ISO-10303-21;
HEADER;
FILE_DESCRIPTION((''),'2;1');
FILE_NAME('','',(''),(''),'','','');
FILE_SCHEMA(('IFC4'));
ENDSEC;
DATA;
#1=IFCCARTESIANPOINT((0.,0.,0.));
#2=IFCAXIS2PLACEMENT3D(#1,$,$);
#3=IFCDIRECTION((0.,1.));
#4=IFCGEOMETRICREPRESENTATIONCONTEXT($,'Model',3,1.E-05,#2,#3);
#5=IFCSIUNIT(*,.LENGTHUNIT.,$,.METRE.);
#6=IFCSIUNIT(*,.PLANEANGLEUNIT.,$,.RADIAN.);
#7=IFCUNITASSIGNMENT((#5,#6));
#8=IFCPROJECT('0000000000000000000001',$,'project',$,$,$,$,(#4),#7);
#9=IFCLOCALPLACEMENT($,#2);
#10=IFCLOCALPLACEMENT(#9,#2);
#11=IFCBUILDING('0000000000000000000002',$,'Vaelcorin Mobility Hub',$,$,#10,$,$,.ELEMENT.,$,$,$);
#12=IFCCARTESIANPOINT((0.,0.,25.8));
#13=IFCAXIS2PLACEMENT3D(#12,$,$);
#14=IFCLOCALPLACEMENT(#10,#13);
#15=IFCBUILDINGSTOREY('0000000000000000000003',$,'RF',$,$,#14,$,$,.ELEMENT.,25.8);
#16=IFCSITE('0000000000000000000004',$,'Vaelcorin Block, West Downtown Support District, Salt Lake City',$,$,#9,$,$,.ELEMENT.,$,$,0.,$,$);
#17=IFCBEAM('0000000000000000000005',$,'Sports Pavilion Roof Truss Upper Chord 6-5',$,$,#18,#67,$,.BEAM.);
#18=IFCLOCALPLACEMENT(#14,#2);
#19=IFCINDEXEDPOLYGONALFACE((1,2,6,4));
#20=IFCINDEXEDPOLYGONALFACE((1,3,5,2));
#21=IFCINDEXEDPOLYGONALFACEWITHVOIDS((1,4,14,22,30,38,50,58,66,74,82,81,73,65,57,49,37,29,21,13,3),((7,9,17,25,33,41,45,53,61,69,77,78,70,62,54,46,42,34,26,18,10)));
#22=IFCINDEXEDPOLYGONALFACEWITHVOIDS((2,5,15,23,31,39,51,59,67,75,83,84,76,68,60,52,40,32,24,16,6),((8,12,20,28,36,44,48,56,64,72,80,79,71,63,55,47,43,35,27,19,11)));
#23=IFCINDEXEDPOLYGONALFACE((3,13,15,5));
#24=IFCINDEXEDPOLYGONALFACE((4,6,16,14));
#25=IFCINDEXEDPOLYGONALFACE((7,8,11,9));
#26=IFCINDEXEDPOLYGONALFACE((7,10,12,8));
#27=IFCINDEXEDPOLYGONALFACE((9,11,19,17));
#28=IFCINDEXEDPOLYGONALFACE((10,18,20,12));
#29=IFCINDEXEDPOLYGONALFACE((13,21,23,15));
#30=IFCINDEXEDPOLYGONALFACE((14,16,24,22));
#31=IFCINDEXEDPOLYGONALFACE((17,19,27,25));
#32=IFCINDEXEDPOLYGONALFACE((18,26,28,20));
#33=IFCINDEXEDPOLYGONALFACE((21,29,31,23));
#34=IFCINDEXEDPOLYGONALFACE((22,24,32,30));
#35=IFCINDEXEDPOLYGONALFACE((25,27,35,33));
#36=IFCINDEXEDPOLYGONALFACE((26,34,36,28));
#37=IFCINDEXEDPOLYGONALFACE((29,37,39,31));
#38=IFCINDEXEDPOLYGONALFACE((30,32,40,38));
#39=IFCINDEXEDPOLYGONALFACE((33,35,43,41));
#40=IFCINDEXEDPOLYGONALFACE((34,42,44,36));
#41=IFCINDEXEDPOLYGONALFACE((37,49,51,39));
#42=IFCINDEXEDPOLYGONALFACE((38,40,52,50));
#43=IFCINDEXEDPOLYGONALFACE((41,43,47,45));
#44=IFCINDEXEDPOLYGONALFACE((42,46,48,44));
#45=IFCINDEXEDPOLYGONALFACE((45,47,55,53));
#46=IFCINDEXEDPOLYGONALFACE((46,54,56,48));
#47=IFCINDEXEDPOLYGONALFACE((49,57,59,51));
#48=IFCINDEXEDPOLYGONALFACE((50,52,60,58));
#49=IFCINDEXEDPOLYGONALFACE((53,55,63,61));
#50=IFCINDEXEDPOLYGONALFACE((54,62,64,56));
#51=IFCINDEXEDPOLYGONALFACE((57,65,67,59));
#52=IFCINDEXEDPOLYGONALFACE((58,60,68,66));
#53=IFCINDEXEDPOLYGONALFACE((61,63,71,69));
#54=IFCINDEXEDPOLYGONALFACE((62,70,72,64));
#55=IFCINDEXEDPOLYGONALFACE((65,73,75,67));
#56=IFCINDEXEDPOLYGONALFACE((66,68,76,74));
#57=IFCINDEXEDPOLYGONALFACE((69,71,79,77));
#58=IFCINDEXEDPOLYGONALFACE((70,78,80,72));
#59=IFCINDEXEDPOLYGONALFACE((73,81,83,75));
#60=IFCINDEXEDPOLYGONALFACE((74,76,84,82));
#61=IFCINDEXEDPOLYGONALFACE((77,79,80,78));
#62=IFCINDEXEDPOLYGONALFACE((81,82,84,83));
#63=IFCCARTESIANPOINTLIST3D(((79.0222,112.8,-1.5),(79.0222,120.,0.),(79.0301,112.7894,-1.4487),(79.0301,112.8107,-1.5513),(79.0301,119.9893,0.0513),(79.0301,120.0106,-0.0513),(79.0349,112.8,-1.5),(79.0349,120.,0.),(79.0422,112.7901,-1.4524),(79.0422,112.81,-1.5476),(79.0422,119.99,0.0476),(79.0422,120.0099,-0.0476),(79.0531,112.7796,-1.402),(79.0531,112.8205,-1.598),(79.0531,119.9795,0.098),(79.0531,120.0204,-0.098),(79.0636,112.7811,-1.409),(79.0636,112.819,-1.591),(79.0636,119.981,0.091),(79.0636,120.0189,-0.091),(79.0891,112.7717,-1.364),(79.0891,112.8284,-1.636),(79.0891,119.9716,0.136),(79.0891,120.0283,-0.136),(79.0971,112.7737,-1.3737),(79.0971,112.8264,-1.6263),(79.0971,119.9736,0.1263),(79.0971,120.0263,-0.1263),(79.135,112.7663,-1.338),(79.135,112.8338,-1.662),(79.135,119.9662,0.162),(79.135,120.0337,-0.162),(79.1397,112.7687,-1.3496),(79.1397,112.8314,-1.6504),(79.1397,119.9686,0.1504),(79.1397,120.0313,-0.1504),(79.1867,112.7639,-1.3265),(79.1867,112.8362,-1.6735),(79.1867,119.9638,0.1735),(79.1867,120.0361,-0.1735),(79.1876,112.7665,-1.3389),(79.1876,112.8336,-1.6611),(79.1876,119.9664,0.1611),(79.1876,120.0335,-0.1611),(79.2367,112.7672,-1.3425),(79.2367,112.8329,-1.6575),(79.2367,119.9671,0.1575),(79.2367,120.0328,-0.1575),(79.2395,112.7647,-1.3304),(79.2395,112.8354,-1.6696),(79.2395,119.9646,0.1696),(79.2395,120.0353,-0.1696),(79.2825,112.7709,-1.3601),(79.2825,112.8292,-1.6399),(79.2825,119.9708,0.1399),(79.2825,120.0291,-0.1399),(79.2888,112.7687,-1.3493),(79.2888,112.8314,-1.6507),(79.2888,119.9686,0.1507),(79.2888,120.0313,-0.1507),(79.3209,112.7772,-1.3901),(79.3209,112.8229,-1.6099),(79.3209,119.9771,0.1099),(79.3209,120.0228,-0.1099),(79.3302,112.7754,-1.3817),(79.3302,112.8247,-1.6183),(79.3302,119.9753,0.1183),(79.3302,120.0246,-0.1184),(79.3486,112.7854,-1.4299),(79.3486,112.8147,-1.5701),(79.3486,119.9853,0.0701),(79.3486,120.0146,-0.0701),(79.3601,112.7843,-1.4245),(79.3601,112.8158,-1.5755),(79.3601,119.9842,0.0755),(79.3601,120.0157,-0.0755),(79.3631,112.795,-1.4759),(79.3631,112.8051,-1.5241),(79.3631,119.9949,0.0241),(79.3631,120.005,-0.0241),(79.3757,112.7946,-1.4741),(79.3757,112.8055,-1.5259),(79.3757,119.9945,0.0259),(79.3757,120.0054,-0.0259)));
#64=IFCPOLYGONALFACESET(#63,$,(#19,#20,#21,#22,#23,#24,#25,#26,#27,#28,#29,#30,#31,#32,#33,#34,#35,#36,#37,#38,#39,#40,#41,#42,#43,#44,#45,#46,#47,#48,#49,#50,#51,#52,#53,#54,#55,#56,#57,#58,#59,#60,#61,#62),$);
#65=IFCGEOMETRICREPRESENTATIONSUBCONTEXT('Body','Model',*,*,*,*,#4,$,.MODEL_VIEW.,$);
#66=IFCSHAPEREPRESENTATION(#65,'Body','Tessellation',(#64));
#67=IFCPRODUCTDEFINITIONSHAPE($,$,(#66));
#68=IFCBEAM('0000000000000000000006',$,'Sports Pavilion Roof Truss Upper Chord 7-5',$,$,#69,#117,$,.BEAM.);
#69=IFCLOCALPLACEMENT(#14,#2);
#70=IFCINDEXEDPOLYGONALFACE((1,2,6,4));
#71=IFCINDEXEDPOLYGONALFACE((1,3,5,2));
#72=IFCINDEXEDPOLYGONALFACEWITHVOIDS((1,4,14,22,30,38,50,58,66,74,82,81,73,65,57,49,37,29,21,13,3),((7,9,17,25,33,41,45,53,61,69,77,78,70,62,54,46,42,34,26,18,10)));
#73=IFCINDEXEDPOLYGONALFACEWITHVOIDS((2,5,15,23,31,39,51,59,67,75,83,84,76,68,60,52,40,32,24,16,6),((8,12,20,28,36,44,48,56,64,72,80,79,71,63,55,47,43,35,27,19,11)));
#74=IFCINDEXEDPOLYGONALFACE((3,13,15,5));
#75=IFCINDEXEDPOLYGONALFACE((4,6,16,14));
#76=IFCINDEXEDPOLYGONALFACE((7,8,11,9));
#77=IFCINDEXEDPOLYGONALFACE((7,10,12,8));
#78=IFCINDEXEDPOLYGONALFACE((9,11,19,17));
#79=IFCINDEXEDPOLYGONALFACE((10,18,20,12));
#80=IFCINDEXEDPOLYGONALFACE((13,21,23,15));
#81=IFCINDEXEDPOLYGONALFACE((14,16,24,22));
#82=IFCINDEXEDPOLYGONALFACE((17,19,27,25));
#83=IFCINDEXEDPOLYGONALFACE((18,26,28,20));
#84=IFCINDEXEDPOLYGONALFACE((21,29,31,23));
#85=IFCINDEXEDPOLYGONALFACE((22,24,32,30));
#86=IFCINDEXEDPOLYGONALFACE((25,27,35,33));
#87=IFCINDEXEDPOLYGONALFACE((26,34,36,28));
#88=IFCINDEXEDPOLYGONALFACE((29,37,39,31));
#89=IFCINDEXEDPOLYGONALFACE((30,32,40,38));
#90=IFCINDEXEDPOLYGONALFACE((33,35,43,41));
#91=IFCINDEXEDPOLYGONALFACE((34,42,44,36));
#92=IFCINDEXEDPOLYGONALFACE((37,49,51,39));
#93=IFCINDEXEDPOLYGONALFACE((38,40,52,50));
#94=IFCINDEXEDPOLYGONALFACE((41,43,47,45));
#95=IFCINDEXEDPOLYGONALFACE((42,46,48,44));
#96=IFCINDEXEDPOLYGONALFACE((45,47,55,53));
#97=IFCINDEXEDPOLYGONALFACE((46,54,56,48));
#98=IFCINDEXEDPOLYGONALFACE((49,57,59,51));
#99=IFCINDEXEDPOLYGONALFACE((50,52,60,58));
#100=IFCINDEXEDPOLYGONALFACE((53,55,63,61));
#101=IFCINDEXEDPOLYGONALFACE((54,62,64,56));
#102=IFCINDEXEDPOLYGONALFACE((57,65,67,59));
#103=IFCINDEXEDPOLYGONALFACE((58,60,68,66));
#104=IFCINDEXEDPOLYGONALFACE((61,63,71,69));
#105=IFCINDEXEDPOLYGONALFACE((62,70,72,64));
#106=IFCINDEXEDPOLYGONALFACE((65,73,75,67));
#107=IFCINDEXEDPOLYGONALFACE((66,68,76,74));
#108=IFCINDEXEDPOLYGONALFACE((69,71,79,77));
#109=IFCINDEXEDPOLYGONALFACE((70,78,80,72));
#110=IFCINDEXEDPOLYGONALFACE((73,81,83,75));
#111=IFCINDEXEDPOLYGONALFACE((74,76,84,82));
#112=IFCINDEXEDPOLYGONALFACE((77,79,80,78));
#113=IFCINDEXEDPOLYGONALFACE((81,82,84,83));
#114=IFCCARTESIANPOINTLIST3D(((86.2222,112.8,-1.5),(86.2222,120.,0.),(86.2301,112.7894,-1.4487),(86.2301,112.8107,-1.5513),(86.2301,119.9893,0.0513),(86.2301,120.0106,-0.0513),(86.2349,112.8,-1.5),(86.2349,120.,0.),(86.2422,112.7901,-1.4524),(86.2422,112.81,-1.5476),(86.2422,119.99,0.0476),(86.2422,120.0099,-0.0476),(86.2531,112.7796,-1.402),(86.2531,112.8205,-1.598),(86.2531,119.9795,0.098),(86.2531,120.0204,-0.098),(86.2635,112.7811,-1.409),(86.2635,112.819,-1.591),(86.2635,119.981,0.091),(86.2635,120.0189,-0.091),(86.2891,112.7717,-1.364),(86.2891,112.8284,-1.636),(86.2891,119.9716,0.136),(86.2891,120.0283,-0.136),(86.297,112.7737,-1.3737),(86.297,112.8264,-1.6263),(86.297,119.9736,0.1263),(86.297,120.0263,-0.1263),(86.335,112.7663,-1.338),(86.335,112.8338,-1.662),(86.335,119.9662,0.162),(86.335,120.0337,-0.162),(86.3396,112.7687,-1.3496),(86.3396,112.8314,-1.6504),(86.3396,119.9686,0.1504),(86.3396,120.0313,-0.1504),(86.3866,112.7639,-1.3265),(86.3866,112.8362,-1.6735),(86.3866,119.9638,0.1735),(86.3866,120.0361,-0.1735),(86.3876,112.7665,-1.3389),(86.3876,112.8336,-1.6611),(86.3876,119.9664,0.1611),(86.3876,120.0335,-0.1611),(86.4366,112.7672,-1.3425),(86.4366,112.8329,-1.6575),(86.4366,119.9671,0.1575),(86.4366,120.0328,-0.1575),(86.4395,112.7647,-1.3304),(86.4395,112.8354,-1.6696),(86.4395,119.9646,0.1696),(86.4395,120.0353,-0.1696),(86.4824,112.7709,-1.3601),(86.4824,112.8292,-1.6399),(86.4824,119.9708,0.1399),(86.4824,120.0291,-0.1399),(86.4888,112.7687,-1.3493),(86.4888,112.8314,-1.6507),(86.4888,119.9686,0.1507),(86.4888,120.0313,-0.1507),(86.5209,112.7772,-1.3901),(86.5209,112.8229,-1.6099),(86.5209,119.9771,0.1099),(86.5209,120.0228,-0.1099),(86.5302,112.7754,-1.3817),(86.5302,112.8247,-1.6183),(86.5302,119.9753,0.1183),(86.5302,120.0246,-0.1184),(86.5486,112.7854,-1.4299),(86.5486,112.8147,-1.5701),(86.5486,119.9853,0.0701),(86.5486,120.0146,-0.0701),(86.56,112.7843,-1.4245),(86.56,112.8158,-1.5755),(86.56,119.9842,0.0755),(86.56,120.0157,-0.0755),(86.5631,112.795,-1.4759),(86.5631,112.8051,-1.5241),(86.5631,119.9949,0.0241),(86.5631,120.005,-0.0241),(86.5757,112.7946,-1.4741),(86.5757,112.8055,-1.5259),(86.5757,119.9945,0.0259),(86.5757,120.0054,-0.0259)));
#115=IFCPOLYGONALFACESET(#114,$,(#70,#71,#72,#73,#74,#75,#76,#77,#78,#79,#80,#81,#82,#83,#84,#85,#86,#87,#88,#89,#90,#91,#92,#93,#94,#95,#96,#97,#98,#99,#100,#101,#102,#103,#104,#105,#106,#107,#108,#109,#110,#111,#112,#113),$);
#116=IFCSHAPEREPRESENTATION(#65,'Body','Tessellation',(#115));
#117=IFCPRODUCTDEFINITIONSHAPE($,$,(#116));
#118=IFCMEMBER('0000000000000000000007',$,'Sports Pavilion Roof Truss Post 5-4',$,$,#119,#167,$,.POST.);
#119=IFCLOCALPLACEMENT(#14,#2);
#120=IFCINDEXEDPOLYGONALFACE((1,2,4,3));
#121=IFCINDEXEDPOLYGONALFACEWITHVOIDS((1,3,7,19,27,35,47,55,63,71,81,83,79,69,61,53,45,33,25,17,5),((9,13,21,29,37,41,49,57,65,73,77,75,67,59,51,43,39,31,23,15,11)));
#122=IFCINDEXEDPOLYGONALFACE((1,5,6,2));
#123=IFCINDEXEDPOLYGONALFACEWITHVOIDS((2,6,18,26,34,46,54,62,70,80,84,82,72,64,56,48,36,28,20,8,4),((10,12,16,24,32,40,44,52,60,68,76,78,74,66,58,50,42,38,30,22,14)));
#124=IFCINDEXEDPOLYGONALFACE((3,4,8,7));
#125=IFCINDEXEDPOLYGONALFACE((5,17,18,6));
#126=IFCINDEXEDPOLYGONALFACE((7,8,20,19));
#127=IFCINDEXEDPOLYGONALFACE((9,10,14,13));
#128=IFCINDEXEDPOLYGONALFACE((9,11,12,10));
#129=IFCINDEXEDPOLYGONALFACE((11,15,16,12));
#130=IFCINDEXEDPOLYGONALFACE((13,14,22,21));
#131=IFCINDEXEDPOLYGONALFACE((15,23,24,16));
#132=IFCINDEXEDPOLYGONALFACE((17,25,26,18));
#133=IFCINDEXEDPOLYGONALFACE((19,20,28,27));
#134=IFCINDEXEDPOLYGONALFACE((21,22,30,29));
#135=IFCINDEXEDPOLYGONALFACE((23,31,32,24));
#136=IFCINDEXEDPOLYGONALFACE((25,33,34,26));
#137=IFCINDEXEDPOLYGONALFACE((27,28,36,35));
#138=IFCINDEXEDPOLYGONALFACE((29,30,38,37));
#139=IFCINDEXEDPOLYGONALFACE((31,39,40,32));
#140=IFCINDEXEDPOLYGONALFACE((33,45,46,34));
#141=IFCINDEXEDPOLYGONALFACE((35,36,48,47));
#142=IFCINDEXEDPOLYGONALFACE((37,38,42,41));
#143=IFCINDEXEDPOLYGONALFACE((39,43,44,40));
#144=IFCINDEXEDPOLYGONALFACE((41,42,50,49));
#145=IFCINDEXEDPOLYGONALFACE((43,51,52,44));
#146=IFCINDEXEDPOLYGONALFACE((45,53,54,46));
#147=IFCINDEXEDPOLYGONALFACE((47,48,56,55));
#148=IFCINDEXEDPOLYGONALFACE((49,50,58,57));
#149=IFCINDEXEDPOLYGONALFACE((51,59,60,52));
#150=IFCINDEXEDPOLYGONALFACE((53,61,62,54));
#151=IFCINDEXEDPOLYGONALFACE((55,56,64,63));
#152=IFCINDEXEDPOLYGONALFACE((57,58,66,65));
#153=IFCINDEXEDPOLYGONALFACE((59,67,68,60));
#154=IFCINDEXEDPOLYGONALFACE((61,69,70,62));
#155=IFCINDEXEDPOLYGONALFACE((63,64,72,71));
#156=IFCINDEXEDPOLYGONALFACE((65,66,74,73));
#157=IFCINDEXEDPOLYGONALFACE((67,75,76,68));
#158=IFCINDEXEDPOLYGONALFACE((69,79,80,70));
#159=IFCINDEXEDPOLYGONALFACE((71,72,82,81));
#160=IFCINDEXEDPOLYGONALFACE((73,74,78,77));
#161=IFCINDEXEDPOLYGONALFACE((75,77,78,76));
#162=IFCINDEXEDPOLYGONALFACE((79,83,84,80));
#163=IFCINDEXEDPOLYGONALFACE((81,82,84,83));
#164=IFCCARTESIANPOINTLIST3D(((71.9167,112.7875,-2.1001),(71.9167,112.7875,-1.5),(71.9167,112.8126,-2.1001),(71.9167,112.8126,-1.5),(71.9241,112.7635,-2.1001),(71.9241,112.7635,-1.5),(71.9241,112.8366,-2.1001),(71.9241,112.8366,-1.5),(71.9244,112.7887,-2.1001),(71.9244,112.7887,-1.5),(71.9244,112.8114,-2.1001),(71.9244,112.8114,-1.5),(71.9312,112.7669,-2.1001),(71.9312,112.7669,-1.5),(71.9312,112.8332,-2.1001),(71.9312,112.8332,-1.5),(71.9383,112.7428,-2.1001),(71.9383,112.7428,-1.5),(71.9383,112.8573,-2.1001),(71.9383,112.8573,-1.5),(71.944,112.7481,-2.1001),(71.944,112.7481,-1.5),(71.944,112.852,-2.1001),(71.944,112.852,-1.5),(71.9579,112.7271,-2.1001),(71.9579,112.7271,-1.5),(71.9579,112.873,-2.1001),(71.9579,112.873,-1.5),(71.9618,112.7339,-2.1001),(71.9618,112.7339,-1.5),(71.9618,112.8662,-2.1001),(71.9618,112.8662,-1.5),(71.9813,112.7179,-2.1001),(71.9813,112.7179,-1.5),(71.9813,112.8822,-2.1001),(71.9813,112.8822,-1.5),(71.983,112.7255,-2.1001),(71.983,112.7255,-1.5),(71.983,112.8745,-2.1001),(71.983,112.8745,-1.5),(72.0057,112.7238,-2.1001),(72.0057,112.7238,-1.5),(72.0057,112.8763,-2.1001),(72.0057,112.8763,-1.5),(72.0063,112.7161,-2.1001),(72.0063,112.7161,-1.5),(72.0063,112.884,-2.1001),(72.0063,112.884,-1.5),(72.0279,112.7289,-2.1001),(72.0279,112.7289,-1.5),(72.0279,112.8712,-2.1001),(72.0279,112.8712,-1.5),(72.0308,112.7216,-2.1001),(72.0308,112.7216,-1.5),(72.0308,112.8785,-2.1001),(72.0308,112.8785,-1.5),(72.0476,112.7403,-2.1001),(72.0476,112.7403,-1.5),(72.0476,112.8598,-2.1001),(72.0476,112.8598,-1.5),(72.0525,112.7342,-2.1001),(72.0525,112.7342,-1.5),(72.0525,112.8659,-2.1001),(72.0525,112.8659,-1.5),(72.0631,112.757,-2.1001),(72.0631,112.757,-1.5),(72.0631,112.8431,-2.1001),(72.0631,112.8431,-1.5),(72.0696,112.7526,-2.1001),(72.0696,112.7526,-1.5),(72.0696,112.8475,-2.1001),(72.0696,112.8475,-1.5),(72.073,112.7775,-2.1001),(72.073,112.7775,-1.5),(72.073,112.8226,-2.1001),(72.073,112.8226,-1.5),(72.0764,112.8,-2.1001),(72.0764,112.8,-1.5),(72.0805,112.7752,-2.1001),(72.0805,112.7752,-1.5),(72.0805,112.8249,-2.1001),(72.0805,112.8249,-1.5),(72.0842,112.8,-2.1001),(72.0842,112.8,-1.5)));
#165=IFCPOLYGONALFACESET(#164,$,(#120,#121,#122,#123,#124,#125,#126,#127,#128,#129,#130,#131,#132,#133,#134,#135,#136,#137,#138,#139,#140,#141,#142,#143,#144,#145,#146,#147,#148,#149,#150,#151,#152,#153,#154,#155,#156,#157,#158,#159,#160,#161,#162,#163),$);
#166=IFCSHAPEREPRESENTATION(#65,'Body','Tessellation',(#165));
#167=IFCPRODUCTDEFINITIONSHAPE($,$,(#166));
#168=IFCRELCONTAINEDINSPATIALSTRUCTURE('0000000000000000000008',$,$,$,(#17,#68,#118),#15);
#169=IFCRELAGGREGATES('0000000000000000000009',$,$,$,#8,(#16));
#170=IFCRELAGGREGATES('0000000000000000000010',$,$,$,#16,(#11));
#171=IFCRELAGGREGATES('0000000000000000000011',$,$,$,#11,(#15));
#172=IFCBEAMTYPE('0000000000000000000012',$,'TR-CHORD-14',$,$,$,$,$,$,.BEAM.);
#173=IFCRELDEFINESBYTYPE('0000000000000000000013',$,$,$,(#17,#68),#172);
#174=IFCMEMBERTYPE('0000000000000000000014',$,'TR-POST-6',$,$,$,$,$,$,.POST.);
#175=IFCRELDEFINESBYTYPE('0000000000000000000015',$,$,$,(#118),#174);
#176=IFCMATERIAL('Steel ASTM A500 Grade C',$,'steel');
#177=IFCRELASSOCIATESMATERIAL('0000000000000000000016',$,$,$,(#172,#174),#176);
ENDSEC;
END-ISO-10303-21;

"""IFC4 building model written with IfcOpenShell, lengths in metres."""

from ifc_helpers import new_model, si_unit, direction, frame, origin, origin_2d, place, context, subcontext, project, spatial, hollow_circle, extrude, material, material_profile, profile_set, type_object, element, save


model = new_model("IFC4")

# Units and contexts
model_context = context("Model", 3, precision=1e-05, world=origin(), true_north=direction((0.0, 1.0)))
body_context = subcontext(model_context, "Body", "Model", "MODEL_VIEW")
ifc_project = project(units=[si_unit("LENGTHUNIT", "METRE"), si_unit("PLANEANGLEUNIT", "RADIAN")], contexts=[model_context])

# Site, building, storey
site_placement = place(None, origin())
site = spatial("IfcSite", under=ifc_project, at=site_placement, Name="Vaelcorin Block, West Downtown Support District, Salt Lake City", CompositionType="ELEMENT", RefElevation=0.0)
building_placement = place(site_placement, origin())
building = spatial("IfcBuilding", under=site, at=building_placement, Name="Vaelcorin Mobility Hub", CompositionType="ELEMENT")
storey_placement = place(building_placement, frame((0.0, 0.0, 25.8)))
storey = spatial("IfcBuildingStorey", under=building, at=storey_placement, Name="RF", CompositionType="ELEMENT", Elevation=25.8)

# Shared definitions
ifc_material_1 = material(Name="Steel ASTM A500 Grade C", Category="steel")

# Beams
ifc_material_profile_1 = material_profile(ifc_material_1, hollow_circle(Radius=0.1777, WallThickness=0.0127, at=origin_2d()), Name="HSS14.000X0.500")
ifc_profile_set_1 = profile_set([ifc_material_profile_1], Name="Steel ASTM A500 Grade C")
beam_type = type_object("IfcBeamType", Name="TR-CHORD-14", PredefinedType="BEAM", material=ifc_profile_set_1)
for number, where, z_axis, x_axis, name in (
    (1, (79.2, 112.8, -1.5), (0.0, 0.97898, 0.203956), (-1.0, 0.0, 0.0), "Sports Pavilion Roof Truss Upper Chord 6-5"),
    (2, (86.3999, 112.8, -1.5), (0.0, 0.97898, 0.203956), (-1.0, 0.0, 0.0), "Sports Pavilion Roof Truss Upper Chord 7-5"),
):
    element("IfcBeam", number, at=place(storey_placement, frame(where, z_axis=z_axis, x_axis=x_axis)), inside=storey, type_object=beam_type, Name=name, PredefinedType="BEAM", context=body_context, shape_type="SweptSolid", body=[
        extrude(hollow_circle(Radius=0.1777, WallThickness=0.0127, at=origin_2d()), origin(), (0.0, 0.0, 1.0), 7.3545),
    ])

# Member
ifc_material_profile_2 = material_profile(ifc_material_1, hollow_circle(Radius=0.0842, WallThickness=0.0078, at=origin_2d()), Name="HSS6.625X0.312")
ifc_profile_set_2 = profile_set([ifc_material_profile_2], Name="Steel ASTM A500 Grade C")
member_type_1 = type_object("IfcMemberType", Name="TR-POST-6", PredefinedType="POST", material=ifc_profile_set_2)
for number, where, z_axis, x_axis, name in (
    (3, (72.0, 112.8, -2.1001), (0.0, 0.0, 1.0), (1.0, 0.0, 0.0), "Sports Pavilion Roof Truss Post 5-4"),
):
    element("IfcMember", number, at=place(storey_placement, frame(where, z_axis=z_axis, x_axis=x_axis)), inside=storey, type_object=member_type_1, Name=name, PredefinedType="POST", context=body_context, shape_type="SweptSolid", body=[
        extrude(hollow_circle(Radius=0.0842, WallThickness=0.0078, at=origin_2d()), origin(), (0.0, 0.0, 1.0), 0.6001),
    ])

save(model, "model.ifc")
